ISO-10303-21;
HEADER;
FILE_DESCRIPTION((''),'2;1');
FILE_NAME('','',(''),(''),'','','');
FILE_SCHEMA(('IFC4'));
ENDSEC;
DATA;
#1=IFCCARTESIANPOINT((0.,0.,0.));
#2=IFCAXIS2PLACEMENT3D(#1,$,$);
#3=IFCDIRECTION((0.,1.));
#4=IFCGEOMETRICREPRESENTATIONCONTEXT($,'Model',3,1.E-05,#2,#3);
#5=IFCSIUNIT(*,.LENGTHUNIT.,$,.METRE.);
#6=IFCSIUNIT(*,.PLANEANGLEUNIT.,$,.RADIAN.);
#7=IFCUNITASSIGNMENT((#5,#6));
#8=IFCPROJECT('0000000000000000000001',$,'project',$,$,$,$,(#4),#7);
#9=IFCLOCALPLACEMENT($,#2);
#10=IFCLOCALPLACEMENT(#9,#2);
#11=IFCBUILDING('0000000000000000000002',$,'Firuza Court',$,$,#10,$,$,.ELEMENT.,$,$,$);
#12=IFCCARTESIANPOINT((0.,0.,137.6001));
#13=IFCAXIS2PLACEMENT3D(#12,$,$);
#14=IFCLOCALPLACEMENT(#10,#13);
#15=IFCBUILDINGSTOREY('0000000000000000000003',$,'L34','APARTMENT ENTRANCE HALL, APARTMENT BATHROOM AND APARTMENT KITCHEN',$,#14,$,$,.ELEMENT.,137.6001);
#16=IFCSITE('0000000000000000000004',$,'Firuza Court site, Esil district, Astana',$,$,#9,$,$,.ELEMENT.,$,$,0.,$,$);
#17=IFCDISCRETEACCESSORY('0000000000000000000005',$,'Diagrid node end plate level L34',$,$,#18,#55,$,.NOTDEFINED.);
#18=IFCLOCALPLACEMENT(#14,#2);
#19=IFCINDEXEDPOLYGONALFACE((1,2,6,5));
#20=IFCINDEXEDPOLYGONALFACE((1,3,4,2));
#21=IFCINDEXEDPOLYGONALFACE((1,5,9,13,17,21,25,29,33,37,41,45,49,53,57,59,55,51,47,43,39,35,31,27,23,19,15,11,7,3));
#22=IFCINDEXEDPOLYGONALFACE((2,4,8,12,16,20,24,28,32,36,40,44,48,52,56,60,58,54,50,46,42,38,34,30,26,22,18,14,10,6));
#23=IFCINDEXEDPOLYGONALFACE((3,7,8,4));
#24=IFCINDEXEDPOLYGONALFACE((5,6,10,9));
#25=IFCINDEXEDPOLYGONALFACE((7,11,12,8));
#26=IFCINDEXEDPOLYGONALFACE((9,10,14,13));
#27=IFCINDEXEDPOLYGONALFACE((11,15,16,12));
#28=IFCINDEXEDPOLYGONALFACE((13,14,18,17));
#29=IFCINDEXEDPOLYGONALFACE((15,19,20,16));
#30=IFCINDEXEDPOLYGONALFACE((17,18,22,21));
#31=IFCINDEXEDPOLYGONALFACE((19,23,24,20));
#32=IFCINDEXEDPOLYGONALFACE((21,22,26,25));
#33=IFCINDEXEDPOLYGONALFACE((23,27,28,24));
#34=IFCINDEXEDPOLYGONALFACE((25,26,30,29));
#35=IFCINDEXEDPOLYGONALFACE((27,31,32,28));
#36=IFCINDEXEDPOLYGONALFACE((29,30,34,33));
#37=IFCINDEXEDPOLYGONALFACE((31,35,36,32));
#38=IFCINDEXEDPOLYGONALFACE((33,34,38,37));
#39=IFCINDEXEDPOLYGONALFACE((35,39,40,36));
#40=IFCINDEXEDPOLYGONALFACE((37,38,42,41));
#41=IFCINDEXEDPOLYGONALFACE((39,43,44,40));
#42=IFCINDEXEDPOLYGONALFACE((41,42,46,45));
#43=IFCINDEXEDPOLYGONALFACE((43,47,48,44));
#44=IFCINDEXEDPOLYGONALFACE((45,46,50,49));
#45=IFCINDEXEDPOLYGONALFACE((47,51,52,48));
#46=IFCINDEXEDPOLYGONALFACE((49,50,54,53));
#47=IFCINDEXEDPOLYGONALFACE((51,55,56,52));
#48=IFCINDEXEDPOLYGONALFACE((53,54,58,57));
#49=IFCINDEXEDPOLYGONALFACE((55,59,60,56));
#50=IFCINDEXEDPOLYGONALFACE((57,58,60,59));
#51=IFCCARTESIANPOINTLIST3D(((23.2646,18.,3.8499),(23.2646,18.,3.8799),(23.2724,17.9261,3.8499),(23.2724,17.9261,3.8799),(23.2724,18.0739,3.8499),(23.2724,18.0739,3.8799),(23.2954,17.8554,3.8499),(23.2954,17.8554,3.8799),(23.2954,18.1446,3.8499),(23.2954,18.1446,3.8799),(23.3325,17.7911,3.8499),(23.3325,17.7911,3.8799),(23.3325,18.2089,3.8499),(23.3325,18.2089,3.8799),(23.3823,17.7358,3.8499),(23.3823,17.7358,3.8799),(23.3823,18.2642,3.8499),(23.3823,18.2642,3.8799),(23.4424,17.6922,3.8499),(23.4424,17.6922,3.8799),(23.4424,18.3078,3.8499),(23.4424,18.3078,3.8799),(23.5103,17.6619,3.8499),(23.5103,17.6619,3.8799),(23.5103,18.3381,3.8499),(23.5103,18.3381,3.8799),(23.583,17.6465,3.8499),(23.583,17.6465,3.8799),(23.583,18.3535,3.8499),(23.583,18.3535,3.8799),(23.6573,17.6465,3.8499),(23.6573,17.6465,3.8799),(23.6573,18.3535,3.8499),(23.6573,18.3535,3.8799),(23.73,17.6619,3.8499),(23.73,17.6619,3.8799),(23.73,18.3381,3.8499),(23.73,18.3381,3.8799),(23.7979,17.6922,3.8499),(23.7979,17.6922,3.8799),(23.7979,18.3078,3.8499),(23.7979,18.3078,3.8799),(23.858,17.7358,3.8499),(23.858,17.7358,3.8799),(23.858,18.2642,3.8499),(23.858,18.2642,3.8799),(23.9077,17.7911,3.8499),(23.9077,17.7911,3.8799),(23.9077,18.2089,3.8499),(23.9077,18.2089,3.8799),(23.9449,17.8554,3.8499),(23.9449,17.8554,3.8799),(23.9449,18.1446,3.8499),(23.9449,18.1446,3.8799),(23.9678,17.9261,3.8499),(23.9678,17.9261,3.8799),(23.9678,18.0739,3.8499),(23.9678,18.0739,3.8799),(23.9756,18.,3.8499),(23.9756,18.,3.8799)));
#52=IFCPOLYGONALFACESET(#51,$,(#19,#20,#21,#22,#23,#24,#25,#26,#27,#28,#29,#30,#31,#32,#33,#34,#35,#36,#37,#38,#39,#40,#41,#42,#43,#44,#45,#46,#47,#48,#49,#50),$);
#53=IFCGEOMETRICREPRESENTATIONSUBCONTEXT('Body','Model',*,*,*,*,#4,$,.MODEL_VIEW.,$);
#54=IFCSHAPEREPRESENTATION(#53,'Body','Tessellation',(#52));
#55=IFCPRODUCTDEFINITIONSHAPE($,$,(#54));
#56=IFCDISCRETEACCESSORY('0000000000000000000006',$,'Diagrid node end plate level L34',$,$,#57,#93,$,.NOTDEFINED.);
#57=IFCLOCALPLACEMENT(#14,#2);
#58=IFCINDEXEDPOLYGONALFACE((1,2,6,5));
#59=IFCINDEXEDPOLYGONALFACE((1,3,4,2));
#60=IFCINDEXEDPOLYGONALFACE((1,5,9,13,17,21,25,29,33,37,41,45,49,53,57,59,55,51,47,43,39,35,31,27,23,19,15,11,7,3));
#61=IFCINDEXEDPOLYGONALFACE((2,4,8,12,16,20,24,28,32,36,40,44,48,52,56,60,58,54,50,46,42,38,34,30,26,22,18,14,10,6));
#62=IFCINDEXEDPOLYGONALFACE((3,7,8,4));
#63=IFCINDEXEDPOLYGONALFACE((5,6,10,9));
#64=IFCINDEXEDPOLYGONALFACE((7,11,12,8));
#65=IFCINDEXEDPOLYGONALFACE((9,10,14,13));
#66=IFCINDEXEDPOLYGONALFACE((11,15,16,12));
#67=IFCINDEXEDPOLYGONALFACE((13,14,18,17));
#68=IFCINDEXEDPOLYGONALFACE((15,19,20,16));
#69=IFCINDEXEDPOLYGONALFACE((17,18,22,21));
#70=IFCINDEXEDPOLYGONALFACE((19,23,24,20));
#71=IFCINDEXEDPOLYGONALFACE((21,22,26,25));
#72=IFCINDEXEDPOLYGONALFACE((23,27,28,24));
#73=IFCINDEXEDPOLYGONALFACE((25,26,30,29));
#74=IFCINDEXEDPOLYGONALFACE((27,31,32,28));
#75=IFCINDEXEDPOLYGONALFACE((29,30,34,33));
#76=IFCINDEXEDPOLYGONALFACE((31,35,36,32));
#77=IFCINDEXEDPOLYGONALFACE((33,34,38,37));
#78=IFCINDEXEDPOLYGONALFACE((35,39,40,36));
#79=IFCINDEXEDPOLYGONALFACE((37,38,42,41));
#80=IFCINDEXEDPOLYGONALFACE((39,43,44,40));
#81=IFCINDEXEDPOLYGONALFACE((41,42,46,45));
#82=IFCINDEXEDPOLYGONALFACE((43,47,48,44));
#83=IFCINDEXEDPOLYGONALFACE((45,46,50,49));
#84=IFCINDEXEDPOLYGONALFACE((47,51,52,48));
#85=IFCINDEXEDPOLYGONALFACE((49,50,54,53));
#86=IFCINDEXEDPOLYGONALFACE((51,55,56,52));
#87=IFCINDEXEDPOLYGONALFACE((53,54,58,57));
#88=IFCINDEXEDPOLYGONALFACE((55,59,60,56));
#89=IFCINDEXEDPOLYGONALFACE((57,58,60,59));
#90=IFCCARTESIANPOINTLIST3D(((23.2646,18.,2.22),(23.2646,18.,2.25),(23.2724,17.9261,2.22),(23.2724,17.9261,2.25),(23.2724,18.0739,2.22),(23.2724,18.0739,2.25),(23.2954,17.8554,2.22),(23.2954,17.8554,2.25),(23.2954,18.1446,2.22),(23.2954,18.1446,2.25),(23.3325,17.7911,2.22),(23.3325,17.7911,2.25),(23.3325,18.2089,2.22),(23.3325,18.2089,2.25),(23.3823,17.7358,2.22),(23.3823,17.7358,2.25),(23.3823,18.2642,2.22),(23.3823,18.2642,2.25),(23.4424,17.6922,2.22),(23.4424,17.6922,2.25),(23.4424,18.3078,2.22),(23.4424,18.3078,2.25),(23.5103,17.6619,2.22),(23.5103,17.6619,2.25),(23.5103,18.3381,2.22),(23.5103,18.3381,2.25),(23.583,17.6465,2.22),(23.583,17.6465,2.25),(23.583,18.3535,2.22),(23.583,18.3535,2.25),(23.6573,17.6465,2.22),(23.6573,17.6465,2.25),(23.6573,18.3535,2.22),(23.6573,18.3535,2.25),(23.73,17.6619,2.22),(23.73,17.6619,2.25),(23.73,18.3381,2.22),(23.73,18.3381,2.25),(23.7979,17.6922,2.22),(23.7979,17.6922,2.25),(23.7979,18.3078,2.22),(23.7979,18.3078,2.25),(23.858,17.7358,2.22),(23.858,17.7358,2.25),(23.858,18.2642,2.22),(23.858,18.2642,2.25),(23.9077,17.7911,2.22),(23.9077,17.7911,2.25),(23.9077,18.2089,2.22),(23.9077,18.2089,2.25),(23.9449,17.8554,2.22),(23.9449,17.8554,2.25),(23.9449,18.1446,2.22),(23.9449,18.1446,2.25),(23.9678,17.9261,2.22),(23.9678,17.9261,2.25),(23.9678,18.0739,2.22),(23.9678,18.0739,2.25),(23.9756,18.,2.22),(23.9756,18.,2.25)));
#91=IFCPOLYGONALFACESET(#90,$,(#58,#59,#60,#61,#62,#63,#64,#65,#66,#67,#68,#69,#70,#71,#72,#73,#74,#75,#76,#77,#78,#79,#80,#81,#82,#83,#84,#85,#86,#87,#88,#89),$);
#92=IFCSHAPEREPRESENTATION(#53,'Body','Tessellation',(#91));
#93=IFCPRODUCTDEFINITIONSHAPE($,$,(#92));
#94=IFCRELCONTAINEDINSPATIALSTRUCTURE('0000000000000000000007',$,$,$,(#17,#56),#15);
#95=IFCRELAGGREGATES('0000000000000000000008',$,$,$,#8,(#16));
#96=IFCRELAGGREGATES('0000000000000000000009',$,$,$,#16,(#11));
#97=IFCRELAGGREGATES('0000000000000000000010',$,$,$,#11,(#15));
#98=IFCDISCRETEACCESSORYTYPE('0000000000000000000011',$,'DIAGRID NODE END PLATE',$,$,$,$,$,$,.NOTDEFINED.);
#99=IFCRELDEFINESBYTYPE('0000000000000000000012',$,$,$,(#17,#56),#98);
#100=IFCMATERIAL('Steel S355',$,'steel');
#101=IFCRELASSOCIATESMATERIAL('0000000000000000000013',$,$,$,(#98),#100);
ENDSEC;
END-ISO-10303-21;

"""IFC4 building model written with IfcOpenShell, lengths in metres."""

from ifc_helpers import new_model, si_unit, direction, frame, origin, origin_2d, place, context, subcontext, project, spatial, circle, extrude, material, material_profile, profile_set, type_object, element, save


model = new_model("IFC4")

# Units and contexts
model_context = context("Model", 3, precision=1e-05, world=origin(), true_north=direction((0.0, 1.0)))
body_context = subcontext(model_context, "Body", "Model", "MODEL_VIEW")
ifc_project = project(units=[si_unit("LENGTHUNIT", "METRE"), si_unit("PLANEANGLEUNIT", "RADIAN")], contexts=[model_context])

# Site, building, storey
site_placement = place(None, origin())
site = spatial("IfcSite", under=ifc_project, at=site_placement, Name="Firuza Court site, Esil district, Astana", CompositionType="ELEMENT", RefElevation=0.0)
building_placement = place(site_placement, origin())
building = spatial("IfcBuilding", under=site, at=building_placement, Name="Firuza Court", CompositionType="ELEMENT")
storey_placement = place(building_placement, frame((0.0, 0.0, 137.6001)))
storey = spatial("IfcBuildingStorey", under=building, at=storey_placement, Name="L34", Description="APARTMENT ENTRANCE HALL, APARTMENT BATHROOM AND APARTMENT KITCHEN", CompositionType="ELEMENT", Elevation=137.6001)

# Discrete accessories
ifc_material_1 = material(Name="Steel S355", Category="steel")
ifc_material_profile_1 = material_profile(ifc_material_1, circle(Radius=0.3555, at=origin_2d()), Name="PL D711")
ifc_profile_set_1 = profile_set([ifc_material_profile_1], Name="Steel S355")
discrete_accessory_type = type_object("IfcDiscreteAccessoryType", Name="DIAGRID NODE END PLATE", PredefinedType="NOTDEFINED", material=ifc_profile_set_1)
for number, where, z_axis, x_axis, name in (
    (1, (23.6201, 18.0, 3.8499), (0.0, 0.0, 1.0), (1.0, 0.0, 0.0), "Diagrid node end plate level L34"),
    (2, (23.6201, 18.0, 2.22), (0.0, 0.0, 1.0), (1.0, 0.0, 0.0), "Diagrid node end plate level L34"),
):
    element("IfcDiscreteAccessory", number, at=place(storey_placement, frame(where, z_axis=z_axis, x_axis=x_axis)), inside=storey, type_object=discrete_accessory_type, Name=name, PredefinedType="NOTDEFINED", context=body_context, shape_type="SweptSolid", body=[
        extrude(circle(Radius=0.3555, at=origin_2d()), origin(), (0.0, 0.0, 1.0), 0.03),
    ])

save(model, "model.ifc")
